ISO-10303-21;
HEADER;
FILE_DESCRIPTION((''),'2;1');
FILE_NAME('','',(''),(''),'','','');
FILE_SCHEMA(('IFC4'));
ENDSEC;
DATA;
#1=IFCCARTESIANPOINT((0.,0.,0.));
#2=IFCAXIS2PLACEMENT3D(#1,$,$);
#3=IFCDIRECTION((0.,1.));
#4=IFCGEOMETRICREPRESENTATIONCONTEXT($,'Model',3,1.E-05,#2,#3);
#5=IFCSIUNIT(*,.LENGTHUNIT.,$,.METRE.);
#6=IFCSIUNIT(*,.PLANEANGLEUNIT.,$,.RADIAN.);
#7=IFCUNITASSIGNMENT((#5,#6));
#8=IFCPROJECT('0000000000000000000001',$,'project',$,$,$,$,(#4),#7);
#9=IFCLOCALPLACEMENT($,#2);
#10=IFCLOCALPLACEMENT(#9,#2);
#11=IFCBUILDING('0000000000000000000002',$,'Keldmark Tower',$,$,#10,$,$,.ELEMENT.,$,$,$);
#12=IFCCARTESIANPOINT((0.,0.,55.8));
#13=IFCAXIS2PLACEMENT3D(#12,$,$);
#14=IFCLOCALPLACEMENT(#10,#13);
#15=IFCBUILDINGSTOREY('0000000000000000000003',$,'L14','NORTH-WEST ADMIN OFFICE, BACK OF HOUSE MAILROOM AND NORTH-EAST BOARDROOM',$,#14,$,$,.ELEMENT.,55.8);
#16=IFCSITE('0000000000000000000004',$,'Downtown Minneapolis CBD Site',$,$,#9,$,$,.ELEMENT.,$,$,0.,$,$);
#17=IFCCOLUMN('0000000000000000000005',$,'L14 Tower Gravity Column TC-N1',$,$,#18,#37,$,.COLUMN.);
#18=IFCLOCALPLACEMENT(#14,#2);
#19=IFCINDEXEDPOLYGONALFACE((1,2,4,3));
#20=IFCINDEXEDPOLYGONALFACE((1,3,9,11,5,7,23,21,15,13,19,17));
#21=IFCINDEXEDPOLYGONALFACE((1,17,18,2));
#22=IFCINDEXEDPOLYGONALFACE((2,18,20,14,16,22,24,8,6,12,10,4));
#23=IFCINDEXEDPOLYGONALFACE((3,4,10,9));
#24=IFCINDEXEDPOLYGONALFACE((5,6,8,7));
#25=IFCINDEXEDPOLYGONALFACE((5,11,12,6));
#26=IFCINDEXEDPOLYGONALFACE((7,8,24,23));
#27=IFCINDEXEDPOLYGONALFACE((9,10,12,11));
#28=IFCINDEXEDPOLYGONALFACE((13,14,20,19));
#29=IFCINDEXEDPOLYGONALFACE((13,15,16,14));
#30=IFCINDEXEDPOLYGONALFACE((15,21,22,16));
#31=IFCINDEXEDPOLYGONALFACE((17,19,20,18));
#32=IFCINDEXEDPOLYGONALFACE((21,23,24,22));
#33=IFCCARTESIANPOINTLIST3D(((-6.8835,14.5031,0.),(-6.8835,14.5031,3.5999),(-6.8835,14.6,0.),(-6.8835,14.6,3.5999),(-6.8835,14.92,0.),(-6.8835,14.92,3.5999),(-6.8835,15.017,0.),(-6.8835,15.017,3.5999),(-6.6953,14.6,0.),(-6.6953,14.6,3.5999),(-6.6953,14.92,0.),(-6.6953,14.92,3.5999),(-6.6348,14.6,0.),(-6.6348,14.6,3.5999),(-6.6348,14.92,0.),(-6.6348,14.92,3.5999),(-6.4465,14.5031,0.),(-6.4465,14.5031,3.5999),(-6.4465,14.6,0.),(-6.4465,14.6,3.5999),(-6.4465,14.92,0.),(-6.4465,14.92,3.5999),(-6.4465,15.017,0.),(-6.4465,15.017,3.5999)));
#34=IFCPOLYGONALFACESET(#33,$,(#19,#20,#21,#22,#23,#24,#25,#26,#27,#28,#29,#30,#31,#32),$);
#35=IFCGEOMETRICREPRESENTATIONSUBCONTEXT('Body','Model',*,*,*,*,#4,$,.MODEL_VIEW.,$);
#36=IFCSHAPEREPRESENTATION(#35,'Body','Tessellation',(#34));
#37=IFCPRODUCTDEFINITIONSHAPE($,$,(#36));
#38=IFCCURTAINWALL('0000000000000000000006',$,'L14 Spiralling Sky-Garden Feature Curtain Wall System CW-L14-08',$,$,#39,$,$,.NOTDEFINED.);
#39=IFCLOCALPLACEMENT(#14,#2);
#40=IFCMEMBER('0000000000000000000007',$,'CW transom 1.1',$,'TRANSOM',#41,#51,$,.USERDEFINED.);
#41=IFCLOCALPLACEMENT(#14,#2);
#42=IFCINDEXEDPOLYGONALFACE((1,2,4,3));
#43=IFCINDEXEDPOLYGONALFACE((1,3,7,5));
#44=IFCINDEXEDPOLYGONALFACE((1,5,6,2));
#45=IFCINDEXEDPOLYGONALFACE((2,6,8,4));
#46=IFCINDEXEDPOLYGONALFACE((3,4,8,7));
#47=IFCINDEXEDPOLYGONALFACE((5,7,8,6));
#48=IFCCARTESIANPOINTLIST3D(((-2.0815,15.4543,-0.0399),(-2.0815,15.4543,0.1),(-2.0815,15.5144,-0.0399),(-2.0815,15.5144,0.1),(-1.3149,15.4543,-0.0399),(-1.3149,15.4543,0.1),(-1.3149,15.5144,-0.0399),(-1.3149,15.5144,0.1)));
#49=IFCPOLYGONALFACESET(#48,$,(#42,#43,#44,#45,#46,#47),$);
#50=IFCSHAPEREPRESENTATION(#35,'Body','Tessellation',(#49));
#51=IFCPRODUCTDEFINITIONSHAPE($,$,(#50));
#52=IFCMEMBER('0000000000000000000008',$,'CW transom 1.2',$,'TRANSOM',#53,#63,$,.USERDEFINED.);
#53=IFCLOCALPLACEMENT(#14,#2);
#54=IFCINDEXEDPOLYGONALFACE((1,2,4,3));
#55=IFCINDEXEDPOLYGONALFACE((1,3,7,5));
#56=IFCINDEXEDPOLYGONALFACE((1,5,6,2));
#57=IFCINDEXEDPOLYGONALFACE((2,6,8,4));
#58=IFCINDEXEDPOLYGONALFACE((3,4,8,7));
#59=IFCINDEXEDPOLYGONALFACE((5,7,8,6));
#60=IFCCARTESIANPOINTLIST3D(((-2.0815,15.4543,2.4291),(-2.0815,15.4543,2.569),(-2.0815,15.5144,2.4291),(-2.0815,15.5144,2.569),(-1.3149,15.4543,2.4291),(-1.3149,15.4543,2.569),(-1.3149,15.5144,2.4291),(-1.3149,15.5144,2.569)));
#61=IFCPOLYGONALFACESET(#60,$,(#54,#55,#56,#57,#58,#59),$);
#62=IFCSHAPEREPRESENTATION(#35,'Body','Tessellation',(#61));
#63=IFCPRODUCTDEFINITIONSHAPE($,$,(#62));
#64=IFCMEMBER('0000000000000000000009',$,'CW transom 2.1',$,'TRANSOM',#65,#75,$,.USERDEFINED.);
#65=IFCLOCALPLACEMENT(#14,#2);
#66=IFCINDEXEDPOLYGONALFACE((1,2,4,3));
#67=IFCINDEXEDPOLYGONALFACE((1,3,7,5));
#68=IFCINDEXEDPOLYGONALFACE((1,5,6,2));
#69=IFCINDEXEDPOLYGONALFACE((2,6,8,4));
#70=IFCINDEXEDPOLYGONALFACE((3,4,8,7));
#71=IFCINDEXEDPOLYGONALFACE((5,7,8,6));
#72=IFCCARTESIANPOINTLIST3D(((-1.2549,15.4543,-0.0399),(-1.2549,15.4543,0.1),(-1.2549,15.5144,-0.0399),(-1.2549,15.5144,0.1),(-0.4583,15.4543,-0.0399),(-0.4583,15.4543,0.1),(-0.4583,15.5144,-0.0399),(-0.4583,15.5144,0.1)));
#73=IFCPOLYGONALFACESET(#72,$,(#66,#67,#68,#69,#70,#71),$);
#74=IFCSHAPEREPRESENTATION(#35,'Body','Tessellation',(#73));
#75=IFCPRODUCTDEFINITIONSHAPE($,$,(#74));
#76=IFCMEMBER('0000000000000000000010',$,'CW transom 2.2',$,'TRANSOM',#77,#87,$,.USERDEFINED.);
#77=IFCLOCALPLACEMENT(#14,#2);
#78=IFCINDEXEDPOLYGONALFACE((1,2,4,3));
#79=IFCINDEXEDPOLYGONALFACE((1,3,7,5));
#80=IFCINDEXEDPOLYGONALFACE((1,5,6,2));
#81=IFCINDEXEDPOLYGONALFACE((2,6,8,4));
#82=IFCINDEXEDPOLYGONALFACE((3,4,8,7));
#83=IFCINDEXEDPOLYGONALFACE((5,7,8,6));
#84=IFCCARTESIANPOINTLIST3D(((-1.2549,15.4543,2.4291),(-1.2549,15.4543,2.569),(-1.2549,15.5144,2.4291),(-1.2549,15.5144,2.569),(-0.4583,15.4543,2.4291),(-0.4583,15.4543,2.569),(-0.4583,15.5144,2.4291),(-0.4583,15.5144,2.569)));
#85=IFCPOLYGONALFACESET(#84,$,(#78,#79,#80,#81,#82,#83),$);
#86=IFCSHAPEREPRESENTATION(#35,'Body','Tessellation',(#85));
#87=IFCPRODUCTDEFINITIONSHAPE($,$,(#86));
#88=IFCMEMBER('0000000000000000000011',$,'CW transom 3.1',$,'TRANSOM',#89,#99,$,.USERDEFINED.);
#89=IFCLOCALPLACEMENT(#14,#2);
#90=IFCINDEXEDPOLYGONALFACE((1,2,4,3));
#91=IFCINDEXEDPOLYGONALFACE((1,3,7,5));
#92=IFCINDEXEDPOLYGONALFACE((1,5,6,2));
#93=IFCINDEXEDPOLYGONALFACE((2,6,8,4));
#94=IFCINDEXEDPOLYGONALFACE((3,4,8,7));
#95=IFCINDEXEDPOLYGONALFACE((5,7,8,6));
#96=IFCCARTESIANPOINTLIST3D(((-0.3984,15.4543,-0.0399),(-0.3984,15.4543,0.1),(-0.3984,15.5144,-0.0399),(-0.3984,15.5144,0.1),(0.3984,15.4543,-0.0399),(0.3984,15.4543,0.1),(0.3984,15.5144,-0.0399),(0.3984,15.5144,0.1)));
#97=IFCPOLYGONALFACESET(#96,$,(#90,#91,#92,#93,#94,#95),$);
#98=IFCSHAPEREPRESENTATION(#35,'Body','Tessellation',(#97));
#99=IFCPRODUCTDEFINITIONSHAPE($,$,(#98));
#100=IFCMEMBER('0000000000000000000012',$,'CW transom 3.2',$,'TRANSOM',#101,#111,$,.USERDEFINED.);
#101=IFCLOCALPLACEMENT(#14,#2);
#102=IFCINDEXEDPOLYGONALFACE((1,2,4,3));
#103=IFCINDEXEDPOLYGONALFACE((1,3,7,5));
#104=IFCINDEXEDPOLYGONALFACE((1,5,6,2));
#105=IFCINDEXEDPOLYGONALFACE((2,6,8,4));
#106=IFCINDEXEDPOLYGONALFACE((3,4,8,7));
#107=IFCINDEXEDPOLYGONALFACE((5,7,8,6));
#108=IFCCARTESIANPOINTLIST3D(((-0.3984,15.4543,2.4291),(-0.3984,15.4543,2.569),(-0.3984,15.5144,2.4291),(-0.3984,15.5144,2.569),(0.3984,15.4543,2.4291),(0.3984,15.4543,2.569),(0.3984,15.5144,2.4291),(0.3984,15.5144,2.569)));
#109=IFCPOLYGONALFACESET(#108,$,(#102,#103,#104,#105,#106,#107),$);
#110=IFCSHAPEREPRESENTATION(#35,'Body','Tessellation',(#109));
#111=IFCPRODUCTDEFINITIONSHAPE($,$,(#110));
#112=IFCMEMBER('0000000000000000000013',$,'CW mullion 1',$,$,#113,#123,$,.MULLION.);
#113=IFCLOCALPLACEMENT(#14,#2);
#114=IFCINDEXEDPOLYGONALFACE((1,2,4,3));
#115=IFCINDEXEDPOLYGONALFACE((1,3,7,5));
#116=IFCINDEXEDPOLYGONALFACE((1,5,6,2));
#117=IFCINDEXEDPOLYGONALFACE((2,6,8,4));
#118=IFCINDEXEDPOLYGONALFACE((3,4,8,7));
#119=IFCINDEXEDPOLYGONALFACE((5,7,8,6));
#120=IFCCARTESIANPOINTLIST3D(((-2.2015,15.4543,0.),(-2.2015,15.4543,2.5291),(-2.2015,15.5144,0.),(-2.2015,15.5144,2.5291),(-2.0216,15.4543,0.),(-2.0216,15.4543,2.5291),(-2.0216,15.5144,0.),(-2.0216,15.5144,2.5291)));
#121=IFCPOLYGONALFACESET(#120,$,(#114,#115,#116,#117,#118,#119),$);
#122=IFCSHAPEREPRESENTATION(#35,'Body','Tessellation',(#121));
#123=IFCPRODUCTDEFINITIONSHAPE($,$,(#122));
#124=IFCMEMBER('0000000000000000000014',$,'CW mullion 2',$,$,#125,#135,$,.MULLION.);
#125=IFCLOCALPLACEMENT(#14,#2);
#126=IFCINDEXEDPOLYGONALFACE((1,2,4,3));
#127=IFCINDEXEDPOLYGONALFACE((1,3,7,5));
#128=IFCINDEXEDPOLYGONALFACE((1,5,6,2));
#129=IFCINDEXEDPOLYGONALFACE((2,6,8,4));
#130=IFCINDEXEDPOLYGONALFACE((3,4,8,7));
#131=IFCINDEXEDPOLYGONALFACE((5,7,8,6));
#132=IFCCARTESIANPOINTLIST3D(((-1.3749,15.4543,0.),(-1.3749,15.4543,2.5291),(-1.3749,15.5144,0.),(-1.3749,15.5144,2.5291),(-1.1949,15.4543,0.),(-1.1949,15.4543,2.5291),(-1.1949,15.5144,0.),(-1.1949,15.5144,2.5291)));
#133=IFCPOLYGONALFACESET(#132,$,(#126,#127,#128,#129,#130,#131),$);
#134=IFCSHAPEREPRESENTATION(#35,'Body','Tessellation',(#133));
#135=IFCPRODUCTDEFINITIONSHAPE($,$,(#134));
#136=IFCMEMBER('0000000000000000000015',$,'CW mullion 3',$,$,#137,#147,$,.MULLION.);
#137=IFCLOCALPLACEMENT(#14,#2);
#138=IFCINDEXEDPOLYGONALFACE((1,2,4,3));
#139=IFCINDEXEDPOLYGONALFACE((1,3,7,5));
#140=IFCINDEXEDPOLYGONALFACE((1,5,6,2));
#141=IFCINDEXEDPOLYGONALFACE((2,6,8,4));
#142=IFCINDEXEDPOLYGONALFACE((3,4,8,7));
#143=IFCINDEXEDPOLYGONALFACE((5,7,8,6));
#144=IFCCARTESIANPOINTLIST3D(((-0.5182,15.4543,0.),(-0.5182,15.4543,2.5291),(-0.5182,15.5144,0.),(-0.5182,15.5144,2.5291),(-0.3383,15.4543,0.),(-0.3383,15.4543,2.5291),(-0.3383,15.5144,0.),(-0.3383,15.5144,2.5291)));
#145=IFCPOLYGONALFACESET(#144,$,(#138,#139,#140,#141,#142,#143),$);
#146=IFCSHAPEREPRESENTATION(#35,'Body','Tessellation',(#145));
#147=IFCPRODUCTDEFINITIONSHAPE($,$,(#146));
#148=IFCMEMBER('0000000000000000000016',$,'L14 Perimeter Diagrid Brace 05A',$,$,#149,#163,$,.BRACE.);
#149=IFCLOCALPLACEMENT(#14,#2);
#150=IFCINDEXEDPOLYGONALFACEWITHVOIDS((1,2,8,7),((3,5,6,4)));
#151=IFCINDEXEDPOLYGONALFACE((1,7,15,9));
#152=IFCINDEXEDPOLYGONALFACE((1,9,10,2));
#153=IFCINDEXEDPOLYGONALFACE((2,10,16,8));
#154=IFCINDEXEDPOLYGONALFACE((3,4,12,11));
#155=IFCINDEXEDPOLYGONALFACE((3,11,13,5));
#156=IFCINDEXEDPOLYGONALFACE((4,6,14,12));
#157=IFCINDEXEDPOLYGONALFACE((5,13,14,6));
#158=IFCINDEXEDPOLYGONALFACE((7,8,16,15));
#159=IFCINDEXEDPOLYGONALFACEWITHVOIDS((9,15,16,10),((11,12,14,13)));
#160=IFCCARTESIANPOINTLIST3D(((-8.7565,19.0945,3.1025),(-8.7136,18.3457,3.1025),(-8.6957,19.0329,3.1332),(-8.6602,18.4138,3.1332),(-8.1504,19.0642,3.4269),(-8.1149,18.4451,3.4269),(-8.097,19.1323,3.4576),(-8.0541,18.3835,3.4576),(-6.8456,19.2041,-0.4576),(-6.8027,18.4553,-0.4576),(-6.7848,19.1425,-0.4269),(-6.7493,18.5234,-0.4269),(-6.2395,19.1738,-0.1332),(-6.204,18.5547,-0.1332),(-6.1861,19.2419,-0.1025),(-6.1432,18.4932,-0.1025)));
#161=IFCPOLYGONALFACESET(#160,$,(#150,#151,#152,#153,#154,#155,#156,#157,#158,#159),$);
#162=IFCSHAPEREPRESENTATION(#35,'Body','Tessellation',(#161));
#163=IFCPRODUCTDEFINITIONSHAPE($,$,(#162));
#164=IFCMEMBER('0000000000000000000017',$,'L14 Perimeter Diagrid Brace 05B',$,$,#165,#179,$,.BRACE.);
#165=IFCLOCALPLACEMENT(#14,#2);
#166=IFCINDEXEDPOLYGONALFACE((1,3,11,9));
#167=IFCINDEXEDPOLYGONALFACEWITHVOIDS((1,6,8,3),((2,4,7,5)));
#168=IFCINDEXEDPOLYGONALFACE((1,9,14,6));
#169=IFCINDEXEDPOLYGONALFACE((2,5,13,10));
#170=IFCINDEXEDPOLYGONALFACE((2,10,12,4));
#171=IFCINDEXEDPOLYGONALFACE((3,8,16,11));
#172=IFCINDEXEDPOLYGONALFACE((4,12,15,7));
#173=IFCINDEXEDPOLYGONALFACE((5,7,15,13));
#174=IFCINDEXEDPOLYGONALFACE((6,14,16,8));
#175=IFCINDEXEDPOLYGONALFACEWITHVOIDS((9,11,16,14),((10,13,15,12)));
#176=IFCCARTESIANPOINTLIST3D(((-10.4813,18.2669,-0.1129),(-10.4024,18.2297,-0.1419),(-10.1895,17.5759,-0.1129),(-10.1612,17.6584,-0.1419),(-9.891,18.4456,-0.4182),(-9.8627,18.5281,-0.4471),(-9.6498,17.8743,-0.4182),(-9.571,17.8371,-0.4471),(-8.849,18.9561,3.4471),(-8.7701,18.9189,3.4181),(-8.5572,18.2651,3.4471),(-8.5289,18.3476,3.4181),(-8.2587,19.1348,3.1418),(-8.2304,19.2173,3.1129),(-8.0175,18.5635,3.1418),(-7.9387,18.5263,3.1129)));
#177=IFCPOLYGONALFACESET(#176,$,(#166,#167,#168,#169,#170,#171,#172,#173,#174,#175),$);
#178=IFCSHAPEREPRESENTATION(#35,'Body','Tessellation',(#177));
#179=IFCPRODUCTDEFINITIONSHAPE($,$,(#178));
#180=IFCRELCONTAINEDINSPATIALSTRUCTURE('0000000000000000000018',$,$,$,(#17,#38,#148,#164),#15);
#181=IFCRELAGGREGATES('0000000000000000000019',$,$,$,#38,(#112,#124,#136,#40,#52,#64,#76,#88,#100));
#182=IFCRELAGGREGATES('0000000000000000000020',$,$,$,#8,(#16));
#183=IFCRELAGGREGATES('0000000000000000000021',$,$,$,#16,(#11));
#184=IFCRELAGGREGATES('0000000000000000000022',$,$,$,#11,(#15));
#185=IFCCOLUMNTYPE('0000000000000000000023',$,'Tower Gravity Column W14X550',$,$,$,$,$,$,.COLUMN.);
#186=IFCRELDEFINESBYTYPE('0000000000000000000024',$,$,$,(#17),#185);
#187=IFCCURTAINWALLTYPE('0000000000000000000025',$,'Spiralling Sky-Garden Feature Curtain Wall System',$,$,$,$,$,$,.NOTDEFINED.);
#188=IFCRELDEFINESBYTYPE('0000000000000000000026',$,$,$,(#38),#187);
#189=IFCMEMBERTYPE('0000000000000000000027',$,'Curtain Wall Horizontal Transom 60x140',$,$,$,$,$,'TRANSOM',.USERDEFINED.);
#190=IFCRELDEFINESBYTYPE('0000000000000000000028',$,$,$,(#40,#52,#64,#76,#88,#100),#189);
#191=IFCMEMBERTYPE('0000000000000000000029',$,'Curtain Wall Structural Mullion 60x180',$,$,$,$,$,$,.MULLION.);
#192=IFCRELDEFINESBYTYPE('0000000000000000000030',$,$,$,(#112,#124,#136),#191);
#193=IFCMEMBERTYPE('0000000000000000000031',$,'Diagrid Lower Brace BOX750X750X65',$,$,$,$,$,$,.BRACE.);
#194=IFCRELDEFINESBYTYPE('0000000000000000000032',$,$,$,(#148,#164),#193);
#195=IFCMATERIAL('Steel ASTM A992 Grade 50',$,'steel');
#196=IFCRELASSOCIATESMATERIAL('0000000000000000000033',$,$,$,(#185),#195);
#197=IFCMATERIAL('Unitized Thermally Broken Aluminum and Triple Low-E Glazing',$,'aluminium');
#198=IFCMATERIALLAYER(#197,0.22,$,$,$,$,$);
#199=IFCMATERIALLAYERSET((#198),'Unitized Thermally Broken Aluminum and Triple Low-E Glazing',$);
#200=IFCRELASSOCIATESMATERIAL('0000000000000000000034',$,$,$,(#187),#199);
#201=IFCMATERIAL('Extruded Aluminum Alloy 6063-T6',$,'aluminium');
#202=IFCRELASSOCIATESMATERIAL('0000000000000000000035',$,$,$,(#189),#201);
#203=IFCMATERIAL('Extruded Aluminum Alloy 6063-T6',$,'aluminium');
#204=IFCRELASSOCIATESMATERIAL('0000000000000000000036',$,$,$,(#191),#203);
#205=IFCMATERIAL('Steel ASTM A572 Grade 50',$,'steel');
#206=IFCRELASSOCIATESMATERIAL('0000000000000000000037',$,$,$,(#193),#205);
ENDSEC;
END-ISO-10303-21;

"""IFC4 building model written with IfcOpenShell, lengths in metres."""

from ifc_helpers import new_model, si_unit, direction, frame, origin, origin_2d, place, context, subcontext, project, spatial, rectangle, hollow_rectangle, i_section, extrude, material, layer, layer_set, material_profile, profile_set, type_object, element, aggregate, save


model = new_model("IFC4")

# Units and contexts
model_context = context("Model", 3, precision=1e-05, world=origin(), true_north=direction((0.0, 1.0)))
body_context = subcontext(model_context, "Body", "Model", "MODEL_VIEW")
ifc_project = project(units=[si_unit("LENGTHUNIT", "METRE"), si_unit("PLANEANGLEUNIT", "RADIAN")], contexts=[model_context])

# Site, building, storey
site_placement = place(None, origin())
site = spatial("IfcSite", under=ifc_project, at=site_placement, Name="Downtown Minneapolis CBD Site", CompositionType="ELEMENT", RefElevation=0.0)
building_placement = place(site_placement, origin())
building = spatial("IfcBuilding", under=site, at=building_placement, Name="Keldmark Tower", CompositionType="ELEMENT")
storey_placement = place(building_placement, frame((0.0, 0.0, 55.8)))
storey = spatial("IfcBuildingStorey", under=building, at=storey_placement, Name="L14", Description="NORTH-WEST ADMIN OFFICE, BACK OF HOUSE MAILROOM AND NORTH-EAST BOARDROOM", CompositionType="ELEMENT", Elevation=55.8)

# Column
ifc_material_1 = material(Name="Steel ASTM A992 Grade 50", Category="steel")
ifc_material_profile_1 = material_profile(ifc_material_1, i_section(OverallWidth=0.437, OverallDepth=0.5139, WebThickness=0.0605, FlangeThickness=0.0969, at=origin_2d()), Name="W14X550")
ifc_profile_set_1 = profile_set([ifc_material_profile_1], Name="Steel ASTM A992 Grade 50")
column_type = type_object("IfcColumnType", Name="Tower Gravity Column W14X550", PredefinedType="COLUMN", material=ifc_profile_set_1)
column_placement = place(storey_placement, frame((-6.665, 14.76, 0.0), z_axis=(0.0, 0.0, 1.0), x_axis=(1.0, 0.0, 0.0)))
element("IfcColumn", 1, at=column_placement, inside=storey, type_object=column_type, Name="L14 Tower Gravity Column TC-N1", PredefinedType="COLUMN", context=body_context, shape_type="SweptSolid", body=[
    extrude(i_section(OverallWidth=0.437, OverallDepth=0.5139, WebThickness=0.0605, FlangeThickness=0.0969, at=origin_2d()), origin(), (0.0, 0.0, 1.0), 3.5999),
])

# Curtain wall, members
ifc_material_2 = material(Name="Unitized Thermally Broken Aluminum and Triple Low-E Glazing", Category="aluminium")
ifc_layer_1 = layer(ifc_material_2, 0.22)
ifc_layer_set_1 = layer_set([ifc_layer_1], Name="Unitized Thermally Broken Aluminum and Triple Low-E Glazing")
curtain_wall_type = type_object("IfcCurtainWallType", Name="Spiralling Sky-Garden Feature Curtain Wall System", PredefinedType="NOTDEFINED", material=ifc_layer_set_1)
curtain_wall_placement = place(storey_placement, origin())
curtain_wall = element("IfcCurtainWall", 2, at=curtain_wall_placement, inside=storey, type_object=curtain_wall_type, Name="L14 Spiralling Sky-Garden Feature Curtain Wall System CW-L14-08", PredefinedType="NOTDEFINED")
ifc_material_3 = material(Name="Extruded Aluminum Alloy 6063-T6", Category="aluminium")
ifc_material_profile_2 = material_profile(ifc_material_3, rectangle(XDim=0.0601, YDim=0.1399, at=origin_2d()), Name="CWT60X140")
ifc_profile_set_2 = profile_set([ifc_material_profile_2], Name="Extruded Aluminum Alloy 6063-T6")
member_type_1 = type_object("IfcMemberType", Name="Curtain Wall Horizontal Transom 60x140", ElementType="TRANSOM", PredefinedType="USERDEFINED", material=ifc_profile_set_2)
member_1_placement = place(storey_placement, frame((-2.0815, 15.4844, 0.03), z_axis=(1.0, 0.0, 0.0), x_axis=(0.0, 1.0, 0.0)))
member_1 = element("IfcMember", 3, at=member_1_placement, type_object=member_type_1, Name="CW transom 1.1", ObjectType="TRANSOM", PredefinedType="USERDEFINED", context=body_context, shape_type="SweptSolid", body=[
    extrude(rectangle(XDim=0.0601, YDim=0.1399, at=origin_2d()), origin(), (0.0, 0.0, 1.0), 0.7666),
])
member_2_placement = place(storey_placement, frame((-2.0815, 15.4844, 2.499), z_axis=(1.0, 0.0, 0.0), x_axis=(0.0, 1.0, 0.0)))
member_2 = element("IfcMember", 4, at=member_2_placement, type_object=member_type_1, Name="CW transom 1.2", ObjectType="TRANSOM", PredefinedType="USERDEFINED", context=body_context, shape_type="SweptSolid", body=[
    extrude(rectangle(XDim=0.0601, YDim=0.1399, at=origin_2d()), origin(), (0.0, 0.0, 1.0), 0.7666),
])
member_3_placement = place(storey_placement, frame((-1.2549, 15.4844, 0.03), z_axis=(1.0, 0.0, 0.0), x_axis=(0.0, 1.0, 0.0)))
member_3 = element("IfcMember", 5, at=member_3_placement, type_object=member_type_1, Name="CW transom 2.1", ObjectType="TRANSOM", PredefinedType="USERDEFINED", context=body_context, shape_type="SweptSolid", body=[
    extrude(rectangle(XDim=0.0601, YDim=0.1399, at=origin_2d()), origin(), (0.0, 0.0, 1.0), 0.7966),
])
member_4_placement = place(storey_placement, frame((-1.2549, 15.4844, 2.499), z_axis=(1.0, 0.0, 0.0), x_axis=(0.0, 1.0, 0.0)))
member_4 = element("IfcMember", 6, at=member_4_placement, type_object=member_type_1, Name="CW transom 2.2", ObjectType="TRANSOM", PredefinedType="USERDEFINED", context=body_context, shape_type="SweptSolid", body=[
    extrude(rectangle(XDim=0.0601, YDim=0.1399, at=origin_2d()), origin(), (0.0, 0.0, 1.0), 0.7966),
])
member_5_placement = place(storey_placement, frame((-0.3984, 15.4844, 0.03), z_axis=(1.0, 0.0, 0.0), x_axis=(0.0, 1.0, 0.0)))
member_5 = element("IfcMember", 7, at=member_5_placement, type_object=member_type_1, Name="CW transom 3.1", ObjectType="TRANSOM", PredefinedType="USERDEFINED", context=body_context, shape_type="SweptSolid", body=[
    extrude(rectangle(XDim=0.0601, YDim=0.1399, at=origin_2d()), origin(), (0.0, 0.0, 1.0), 0.7969),
])
member_6_placement = place(storey_placement, frame((-0.3984, 15.4844, 2.499), z_axis=(1.0, 0.0, 0.0), x_axis=(0.0, 1.0, 0.0)))
member_6 = element("IfcMember", 8, at=member_6_placement, type_object=member_type_1, Name="CW transom 3.2", ObjectType="TRANSOM", PredefinedType="USERDEFINED", context=body_context, shape_type="SweptSolid", body=[
    extrude(rectangle(XDim=0.0601, YDim=0.1399, at=origin_2d()), origin(), (0.0, 0.0, 1.0), 0.7969),
])
ifc_material_4 = material(Name="Extruded Aluminum Alloy 6063-T6", Category="aluminium")
ifc_material_profile_3 = material_profile(ifc_material_4, rectangle(XDim=0.0601, YDim=0.1799, at=origin_2d()), Name="CWM60X180")
ifc_profile_set_3 = profile_set([ifc_material_profile_3], Name="Extruded Aluminum Alloy 6063-T6")
member_type_2 = type_object("IfcMemberType", Name="Curtain Wall Structural Mullion 60x180", PredefinedType="MULLION", material=ifc_profile_set_3)
member_7_placement = place(storey_placement, frame((-2.1116, 15.4844, 0.0), z_axis=(0.0, 0.0, 1.0), x_axis=(0.0, 1.0, 0.0)))
member_7 = element("IfcMember", 9, at=member_7_placement, type_object=member_type_2, Name="CW mullion 1", PredefinedType="MULLION", context=body_context, shape_type="SweptSolid", body=[
    extrude(rectangle(XDim=0.0601, YDim=0.1799, at=origin_2d()), origin(), (0.0, 0.0, 1.0), 2.5291),
])
member_8_placement = place(storey_placement, frame((-1.2849, 15.4844, 0.0), z_axis=(0.0, 0.0, 1.0), x_axis=(0.0, 1.0, 0.0)))
member_8 = element("IfcMember", 10, at=member_8_placement, type_object=member_type_2, Name="CW mullion 2", PredefinedType="MULLION", context=body_context, shape_type="SweptSolid", body=[
    extrude(rectangle(XDim=0.0601, YDim=0.1799, at=origin_2d()), origin(), (0.0, 0.0, 1.0), 2.5291),
])
member_9_placement = place(storey_placement, frame((-0.4282, 15.4844, 0.0), z_axis=(0.0, 0.0, 1.0), x_axis=(0.0, 1.0, 0.0)))
member_9 = element("IfcMember", 11, at=member_9_placement, type_object=member_type_2, Name="CW mullion 3", PredefinedType="MULLION", context=body_context, shape_type="SweptSolid", body=[
    extrude(rectangle(XDim=0.0601, YDim=0.1799, at=origin_2d()), origin(), (0.0, 0.0, 1.0), 2.5291),
])

# Members
ifc_material_5 = material(Name="Steel ASTM A572 Grade 50", Category="steel")
ifc_material_profile_4 = material_profile(ifc_material_5, hollow_rectangle(XDim=0.75, YDim=0.75, WallThickness=0.0649, at=origin_2d()), Name="BOX750X750X65")
ifc_profile_set_4 = profile_set([ifc_material_profile_4], Name="Steel ASTM A572 Grade 50")
member_type_3 = type_object("IfcMemberType", Name="Diagrid Lower Brace BOX750X750X65", PredefinedType="BRACE", material=ifc_profile_set_4)
member_10_placement = place(storey_placement, frame((-6.4944, 18.8486, -0.28), z_axis=(-0.472762, -0.02712, 0.880773), x_axis=(0.057271, -0.998359, 0.0)))
element("IfcMember", 12, at=member_10_placement, inside=storey, type_object=member_type_3, Name="L14 Perimeter Diagrid Brace 05A", PredefinedType="BRACE", context=body_context, shape_type="SweptSolid", body=[
    extrude(hollow_rectangle(XDim=0.75, YDim=0.75, WallThickness=0.0649, at=origin_2d()), origin(), (0.0, 0.0, 1.0), 4.042),
])
member_11_placement = place(storey_placement, frame((-10.0261, 18.052, -0.28), z_axis=(0.41048, 0.173315, 0.895247), x_axis=(-0.388975, 0.921248, 0.0)))
element("IfcMember", 13, at=member_11_placement, inside=storey, type_object=member_type_3, Name="L14 Perimeter Diagrid Brace 05B", PredefinedType="BRACE", context=body_context, shape_type="SweptSolid", body=[
    extrude(hollow_rectangle(XDim=0.75, YDim=0.75, WallThickness=0.0649, at=origin_2d()), origin(), (0.0, 0.0, 1.0), 3.9766),
])

aggregate(curtain_wall, [member_7, member_8, member_9, member_1, member_2, member_3, member_4, member_5, member_6])

save(model, "model.ifc")
